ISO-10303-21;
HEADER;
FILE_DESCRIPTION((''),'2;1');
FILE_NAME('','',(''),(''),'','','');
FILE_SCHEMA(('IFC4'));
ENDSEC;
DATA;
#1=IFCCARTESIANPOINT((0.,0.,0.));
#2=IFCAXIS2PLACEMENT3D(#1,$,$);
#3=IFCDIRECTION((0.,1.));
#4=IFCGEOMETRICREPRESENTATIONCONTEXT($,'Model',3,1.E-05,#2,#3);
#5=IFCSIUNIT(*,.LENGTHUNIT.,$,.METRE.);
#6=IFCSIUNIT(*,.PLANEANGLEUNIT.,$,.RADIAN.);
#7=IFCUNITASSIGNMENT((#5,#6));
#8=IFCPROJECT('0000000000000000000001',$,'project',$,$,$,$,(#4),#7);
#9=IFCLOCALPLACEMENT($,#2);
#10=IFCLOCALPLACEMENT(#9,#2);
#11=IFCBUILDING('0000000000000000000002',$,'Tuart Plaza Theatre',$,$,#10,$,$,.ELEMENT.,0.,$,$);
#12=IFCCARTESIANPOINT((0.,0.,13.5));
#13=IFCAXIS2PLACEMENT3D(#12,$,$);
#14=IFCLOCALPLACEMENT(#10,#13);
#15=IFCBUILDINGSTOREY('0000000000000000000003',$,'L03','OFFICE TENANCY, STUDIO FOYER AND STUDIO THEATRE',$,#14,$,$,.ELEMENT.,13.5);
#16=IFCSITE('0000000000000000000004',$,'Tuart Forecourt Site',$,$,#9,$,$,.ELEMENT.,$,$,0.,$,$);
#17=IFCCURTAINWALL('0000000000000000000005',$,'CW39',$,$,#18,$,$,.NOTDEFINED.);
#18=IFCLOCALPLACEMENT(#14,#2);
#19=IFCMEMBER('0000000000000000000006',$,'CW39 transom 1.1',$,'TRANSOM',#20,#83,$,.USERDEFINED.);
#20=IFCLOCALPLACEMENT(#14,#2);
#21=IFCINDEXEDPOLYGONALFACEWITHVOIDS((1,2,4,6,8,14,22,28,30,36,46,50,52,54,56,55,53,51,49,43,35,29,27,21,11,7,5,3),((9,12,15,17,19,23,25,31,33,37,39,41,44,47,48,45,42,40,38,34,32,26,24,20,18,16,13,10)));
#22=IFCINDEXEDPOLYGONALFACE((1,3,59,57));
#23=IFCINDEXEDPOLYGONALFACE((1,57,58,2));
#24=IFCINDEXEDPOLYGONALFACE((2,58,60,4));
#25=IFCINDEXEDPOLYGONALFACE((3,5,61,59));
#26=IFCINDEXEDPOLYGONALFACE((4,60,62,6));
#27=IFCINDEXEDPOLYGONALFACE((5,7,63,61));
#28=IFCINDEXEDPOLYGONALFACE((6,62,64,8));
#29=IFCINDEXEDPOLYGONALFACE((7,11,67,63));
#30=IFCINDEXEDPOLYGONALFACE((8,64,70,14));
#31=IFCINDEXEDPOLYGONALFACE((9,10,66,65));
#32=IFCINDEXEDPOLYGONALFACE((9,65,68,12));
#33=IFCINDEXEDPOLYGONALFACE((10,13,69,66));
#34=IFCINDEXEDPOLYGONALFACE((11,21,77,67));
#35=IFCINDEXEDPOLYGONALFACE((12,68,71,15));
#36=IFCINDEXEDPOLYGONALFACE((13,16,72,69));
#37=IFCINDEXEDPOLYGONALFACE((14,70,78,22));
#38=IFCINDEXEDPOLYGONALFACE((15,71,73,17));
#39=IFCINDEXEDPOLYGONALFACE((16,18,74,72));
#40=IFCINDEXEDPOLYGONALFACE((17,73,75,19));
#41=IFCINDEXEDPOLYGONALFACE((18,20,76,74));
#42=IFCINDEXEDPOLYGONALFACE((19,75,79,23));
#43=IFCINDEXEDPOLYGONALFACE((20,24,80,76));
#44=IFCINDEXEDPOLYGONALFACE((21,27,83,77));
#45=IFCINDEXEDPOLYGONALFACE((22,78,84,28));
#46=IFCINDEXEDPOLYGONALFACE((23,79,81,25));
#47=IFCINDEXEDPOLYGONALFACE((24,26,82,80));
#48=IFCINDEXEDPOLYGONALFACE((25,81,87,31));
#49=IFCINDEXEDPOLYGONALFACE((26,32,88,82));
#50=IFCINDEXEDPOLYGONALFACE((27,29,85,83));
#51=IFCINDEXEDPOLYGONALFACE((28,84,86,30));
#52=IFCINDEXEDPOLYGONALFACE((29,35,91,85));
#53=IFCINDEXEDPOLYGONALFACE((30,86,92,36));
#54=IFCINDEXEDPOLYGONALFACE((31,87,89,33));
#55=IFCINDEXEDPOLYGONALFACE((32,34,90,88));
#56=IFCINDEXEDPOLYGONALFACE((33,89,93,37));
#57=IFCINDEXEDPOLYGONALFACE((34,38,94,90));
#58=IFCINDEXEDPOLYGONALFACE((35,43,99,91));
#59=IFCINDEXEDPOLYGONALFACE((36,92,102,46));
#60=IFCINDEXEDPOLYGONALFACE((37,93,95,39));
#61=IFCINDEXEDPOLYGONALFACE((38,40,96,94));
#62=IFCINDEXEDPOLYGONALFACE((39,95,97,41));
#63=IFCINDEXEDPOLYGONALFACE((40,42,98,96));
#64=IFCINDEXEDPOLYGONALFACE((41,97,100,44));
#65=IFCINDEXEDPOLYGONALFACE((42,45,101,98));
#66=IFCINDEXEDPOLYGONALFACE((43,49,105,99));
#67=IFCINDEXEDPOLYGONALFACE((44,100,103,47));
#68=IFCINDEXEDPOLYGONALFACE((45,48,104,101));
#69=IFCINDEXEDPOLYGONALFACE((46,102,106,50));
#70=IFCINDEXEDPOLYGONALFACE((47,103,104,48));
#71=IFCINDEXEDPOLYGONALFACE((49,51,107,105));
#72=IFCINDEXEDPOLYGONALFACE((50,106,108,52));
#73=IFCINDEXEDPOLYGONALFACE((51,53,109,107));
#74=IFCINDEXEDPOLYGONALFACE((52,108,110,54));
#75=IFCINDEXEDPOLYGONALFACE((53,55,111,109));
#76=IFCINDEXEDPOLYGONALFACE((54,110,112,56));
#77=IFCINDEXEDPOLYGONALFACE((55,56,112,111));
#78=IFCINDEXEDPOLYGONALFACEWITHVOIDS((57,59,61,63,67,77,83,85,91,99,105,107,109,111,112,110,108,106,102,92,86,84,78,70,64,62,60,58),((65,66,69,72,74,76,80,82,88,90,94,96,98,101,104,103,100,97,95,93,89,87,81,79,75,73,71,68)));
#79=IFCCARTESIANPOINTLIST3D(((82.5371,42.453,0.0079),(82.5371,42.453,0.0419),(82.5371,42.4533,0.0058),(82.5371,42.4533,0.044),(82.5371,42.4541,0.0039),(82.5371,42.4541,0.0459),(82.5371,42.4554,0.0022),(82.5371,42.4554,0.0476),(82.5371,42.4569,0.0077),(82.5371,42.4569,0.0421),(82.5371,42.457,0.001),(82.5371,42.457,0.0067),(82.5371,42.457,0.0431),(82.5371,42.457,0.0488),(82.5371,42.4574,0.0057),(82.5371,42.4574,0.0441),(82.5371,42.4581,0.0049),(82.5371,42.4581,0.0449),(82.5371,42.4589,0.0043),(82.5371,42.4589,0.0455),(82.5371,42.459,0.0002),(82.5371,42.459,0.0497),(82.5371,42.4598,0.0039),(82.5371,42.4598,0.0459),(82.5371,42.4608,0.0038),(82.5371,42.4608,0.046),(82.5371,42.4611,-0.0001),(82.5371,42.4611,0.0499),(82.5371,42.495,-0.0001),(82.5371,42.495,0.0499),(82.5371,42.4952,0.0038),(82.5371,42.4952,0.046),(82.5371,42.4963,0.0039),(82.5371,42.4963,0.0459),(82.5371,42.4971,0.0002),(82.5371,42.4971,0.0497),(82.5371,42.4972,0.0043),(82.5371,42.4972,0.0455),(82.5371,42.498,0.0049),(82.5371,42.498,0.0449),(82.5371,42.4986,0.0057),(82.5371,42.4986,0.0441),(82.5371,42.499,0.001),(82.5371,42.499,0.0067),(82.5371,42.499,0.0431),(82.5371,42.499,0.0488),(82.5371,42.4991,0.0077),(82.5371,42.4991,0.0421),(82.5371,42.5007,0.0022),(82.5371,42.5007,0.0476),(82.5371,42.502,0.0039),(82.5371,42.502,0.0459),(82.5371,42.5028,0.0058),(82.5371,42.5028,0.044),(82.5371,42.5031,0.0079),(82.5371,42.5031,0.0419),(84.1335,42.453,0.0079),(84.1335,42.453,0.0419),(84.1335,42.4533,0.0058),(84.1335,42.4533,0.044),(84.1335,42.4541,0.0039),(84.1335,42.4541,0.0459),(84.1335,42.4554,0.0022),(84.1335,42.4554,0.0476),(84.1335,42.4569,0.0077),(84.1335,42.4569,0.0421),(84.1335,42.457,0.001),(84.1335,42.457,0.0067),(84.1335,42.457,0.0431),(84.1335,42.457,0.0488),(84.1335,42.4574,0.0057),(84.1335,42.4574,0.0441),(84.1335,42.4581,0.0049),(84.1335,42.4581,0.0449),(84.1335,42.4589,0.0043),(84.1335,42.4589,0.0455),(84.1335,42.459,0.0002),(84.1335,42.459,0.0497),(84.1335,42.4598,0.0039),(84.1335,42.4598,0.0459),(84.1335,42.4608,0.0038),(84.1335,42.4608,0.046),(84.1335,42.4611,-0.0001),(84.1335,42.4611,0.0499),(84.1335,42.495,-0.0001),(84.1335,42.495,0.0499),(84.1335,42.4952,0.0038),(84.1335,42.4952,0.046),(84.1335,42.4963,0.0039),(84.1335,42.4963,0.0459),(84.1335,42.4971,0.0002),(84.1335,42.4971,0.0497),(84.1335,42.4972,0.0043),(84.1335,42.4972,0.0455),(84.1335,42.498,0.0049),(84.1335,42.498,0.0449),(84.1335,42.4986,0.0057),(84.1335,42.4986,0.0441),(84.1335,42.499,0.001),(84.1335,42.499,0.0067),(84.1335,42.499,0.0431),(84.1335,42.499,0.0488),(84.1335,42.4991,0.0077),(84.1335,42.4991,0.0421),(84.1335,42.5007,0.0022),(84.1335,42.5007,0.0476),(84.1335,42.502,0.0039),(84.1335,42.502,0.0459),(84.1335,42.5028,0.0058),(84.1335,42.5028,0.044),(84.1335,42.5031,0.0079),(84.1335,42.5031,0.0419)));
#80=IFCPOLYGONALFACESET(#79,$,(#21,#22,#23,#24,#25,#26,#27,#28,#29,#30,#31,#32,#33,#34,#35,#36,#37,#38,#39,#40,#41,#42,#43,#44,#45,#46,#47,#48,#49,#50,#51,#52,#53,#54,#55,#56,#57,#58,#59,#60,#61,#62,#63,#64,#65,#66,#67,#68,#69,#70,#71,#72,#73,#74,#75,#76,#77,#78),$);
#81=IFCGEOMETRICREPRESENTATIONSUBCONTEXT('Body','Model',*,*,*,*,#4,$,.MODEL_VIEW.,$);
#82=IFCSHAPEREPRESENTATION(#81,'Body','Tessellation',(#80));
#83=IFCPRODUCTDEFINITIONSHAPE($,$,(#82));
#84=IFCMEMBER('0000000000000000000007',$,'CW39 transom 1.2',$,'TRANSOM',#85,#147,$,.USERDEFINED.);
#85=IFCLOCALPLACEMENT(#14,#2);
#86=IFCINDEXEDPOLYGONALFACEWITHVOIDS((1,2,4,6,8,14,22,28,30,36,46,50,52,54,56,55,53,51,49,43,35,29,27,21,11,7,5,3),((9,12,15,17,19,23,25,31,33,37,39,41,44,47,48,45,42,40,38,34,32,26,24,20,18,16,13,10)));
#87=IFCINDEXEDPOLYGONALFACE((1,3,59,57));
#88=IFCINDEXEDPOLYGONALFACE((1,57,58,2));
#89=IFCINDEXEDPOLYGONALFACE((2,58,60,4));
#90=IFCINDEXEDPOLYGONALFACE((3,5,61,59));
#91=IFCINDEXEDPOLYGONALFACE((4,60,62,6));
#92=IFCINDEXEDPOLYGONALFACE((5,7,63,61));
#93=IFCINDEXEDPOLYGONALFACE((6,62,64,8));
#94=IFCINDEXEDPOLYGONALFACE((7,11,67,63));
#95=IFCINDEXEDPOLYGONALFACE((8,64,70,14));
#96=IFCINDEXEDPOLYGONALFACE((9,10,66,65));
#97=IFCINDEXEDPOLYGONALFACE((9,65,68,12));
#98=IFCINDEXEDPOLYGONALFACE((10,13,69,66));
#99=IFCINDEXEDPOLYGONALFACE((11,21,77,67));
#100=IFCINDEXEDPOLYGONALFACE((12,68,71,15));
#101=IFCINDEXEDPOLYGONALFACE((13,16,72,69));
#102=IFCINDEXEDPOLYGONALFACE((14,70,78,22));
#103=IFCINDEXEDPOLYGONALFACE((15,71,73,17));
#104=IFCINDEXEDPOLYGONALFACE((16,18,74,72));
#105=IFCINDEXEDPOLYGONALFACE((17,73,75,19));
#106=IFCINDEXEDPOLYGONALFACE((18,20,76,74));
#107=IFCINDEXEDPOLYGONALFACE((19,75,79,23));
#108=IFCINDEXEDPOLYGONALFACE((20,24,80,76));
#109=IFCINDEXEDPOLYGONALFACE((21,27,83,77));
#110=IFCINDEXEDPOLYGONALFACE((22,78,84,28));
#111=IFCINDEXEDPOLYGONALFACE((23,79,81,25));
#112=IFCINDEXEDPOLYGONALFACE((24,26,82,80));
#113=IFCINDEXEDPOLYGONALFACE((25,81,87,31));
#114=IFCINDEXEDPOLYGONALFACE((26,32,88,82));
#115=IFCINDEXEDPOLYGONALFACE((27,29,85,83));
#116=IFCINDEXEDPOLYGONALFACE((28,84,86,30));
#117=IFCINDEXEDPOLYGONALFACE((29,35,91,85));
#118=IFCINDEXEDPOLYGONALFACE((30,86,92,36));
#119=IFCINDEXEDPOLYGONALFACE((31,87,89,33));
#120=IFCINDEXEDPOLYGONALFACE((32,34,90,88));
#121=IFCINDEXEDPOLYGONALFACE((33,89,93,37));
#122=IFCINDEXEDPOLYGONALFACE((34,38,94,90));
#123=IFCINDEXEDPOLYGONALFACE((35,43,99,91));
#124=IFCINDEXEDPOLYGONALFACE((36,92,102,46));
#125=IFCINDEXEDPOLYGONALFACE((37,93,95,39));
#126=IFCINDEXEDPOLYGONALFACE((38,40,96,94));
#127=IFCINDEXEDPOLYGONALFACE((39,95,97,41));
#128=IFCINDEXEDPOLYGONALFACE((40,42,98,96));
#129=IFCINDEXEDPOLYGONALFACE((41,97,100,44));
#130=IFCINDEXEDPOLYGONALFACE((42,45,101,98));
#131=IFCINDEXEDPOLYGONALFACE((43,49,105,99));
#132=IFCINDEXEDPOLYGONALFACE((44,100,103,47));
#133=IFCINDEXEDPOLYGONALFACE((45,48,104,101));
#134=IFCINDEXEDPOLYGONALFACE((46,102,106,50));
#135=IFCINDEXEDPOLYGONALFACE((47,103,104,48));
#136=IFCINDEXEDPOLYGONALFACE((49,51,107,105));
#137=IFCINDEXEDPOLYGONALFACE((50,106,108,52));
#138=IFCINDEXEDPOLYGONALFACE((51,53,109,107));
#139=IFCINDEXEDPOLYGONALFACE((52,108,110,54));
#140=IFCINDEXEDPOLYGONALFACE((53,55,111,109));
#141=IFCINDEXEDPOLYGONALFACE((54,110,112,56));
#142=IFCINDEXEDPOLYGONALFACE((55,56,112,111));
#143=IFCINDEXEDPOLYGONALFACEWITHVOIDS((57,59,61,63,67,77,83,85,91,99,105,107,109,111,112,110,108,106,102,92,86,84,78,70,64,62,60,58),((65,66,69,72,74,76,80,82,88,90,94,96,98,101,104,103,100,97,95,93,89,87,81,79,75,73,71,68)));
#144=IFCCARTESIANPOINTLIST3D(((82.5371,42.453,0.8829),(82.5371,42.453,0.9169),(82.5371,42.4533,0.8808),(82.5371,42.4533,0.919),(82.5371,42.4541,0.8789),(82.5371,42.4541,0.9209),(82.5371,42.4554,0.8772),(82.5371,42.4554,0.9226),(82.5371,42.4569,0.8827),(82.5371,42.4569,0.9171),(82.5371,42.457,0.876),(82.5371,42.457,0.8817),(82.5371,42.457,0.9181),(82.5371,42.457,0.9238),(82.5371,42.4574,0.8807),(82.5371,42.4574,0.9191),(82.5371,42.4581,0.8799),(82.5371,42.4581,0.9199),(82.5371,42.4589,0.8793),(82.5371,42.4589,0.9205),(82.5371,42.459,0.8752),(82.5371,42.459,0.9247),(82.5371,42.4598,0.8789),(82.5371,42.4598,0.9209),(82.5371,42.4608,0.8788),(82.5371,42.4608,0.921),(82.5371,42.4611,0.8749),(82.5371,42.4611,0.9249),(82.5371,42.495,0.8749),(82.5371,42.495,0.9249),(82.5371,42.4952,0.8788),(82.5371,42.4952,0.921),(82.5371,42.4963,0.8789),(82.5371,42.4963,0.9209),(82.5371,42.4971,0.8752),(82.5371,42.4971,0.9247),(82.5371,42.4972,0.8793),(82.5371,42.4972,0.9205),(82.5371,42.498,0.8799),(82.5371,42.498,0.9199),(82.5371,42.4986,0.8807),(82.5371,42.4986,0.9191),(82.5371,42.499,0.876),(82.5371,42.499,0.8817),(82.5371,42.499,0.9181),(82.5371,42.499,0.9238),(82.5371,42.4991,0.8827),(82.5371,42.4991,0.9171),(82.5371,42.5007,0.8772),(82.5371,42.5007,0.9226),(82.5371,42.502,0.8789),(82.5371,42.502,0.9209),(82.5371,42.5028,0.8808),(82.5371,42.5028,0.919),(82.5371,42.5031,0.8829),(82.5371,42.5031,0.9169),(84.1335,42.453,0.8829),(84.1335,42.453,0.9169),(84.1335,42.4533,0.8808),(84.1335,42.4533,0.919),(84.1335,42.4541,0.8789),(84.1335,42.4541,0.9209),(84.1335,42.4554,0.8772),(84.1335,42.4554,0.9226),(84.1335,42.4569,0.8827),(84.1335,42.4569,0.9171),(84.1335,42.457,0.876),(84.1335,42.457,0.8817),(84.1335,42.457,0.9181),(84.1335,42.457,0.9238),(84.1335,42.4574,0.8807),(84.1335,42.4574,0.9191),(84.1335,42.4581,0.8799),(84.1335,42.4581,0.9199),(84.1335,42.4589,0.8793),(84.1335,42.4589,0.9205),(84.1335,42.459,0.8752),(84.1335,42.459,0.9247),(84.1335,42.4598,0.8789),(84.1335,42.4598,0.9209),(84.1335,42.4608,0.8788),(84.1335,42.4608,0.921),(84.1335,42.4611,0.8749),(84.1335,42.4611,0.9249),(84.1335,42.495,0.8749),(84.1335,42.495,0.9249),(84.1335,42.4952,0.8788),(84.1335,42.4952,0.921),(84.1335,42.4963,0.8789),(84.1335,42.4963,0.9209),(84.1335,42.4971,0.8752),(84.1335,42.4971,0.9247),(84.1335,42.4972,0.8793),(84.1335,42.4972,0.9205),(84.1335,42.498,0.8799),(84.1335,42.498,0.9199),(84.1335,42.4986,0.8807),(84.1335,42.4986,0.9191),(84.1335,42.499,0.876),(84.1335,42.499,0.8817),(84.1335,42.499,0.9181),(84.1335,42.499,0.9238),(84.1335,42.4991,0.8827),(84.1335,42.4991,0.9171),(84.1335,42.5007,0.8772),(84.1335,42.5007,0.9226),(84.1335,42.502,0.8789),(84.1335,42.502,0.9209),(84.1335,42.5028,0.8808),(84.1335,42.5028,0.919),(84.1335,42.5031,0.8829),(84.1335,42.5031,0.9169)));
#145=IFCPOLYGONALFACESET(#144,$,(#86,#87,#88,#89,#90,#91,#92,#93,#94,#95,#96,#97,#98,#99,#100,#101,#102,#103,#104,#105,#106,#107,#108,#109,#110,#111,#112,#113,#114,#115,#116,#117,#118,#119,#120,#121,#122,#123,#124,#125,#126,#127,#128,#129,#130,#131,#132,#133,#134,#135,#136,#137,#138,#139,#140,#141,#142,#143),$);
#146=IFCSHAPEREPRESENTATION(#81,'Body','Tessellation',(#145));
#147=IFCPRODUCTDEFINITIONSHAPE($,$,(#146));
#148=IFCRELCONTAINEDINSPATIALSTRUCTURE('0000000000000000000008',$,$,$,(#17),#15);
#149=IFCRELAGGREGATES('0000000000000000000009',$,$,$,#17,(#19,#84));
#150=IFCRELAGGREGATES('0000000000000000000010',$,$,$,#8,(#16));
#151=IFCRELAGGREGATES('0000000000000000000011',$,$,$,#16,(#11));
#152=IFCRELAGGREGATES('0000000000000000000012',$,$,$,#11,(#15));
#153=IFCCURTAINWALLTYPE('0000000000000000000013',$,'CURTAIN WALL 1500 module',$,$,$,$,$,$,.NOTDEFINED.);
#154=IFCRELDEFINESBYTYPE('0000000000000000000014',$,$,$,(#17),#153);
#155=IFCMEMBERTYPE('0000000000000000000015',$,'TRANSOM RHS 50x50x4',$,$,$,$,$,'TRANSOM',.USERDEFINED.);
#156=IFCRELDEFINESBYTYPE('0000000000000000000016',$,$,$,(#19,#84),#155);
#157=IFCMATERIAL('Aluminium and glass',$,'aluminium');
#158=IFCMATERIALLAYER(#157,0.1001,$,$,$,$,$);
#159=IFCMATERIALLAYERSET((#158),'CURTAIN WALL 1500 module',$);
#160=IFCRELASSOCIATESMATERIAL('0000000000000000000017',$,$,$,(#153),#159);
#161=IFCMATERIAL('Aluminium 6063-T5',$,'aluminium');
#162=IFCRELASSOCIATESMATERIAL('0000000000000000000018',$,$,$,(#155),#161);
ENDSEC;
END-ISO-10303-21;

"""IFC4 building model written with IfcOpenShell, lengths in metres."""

from ifc_helpers import new_model, si_unit, direction, frame, origin, origin_2d, place, context, subcontext, project, spatial, hollow_rectangle, extrude, material, layer, layer_set, material_profile, profile_set, type_object, element, aggregate, save


model = new_model("IFC4")

# Units and contexts
model_context = context("Model", 3, precision=1e-05, world=origin(), true_north=direction((0.0, 1.0)))
body_context = subcontext(model_context, "Body", "Model", "MODEL_VIEW")
ifc_project = project(units=[si_unit("LENGTHUNIT", "METRE"), si_unit("PLANEANGLEUNIT", "RADIAN")], contexts=[model_context])

# Site, building, storey
site_placement = place(None, origin())
site = spatial("IfcSite", under=ifc_project, at=site_placement, Name="Tuart Forecourt Site", CompositionType="ELEMENT", RefElevation=0.0)
building_placement = place(site_placement, origin())
building = spatial("IfcBuilding", under=site, at=building_placement, Name="Tuart Plaza Theatre", CompositionType="ELEMENT", ElevationOfRefHeight=0.0)
storey_placement = place(building_placement, frame((0.0, 0.0, 13.5)))
storey = spatial("IfcBuildingStorey", under=building, at=storey_placement, Name="L03", Description="OFFICE TENANCY, STUDIO FOYER AND STUDIO THEATRE", CompositionType="ELEMENT", Elevation=13.5)

# Curtain wall, members
ifc_material_1 = material(Name="Aluminium and glass", Category="aluminium")
ifc_layer_1 = layer(ifc_material_1, 0.1001)
ifc_layer_set_1 = layer_set([ifc_layer_1], Name="CURTAIN WALL 1500 module")
curtain_wall_type = type_object("IfcCurtainWallType", Name="CURTAIN WALL 1500 module", PredefinedType="NOTDEFINED", material=ifc_layer_set_1)
curtain_wall_placement = place(storey_placement, origin())
curtain_wall = element("IfcCurtainWall", 1, at=curtain_wall_placement, inside=storey, type_object=curtain_wall_type, Name="CW39", PredefinedType="NOTDEFINED")
ifc_material_2 = material(Name="Aluminium 6063-T5", Category="aluminium")
ifc_material_profile_1 = material_profile(ifc_material_2, hollow_rectangle(XDim=0.05, YDim=0.05, WallThickness=0.0039, InnerFilletRadius=0.0039, OuterFilletRadius=0.0081, at=origin_2d()), Name="RHS 50x50x4")
ifc_profile_set_1 = profile_set([ifc_material_profile_1], Name="Aluminium 6063-T5")
member_type_1 = type_object("IfcMemberType", Name="TRANSOM RHS 50x50x4", ElementType="TRANSOM", PredefinedType="USERDEFINED", material=ifc_profile_set_1)
member_1_placement = place(storey_placement, frame((82.5371, 42.478, 0.0249), z_axis=(1.0, 0.0, 0.0), x_axis=(0.0, 1.0, 0.0)))
member_1 = element("IfcMember", 2, at=member_1_placement, type_object=member_type_1, Name="CW39 transom 1.1", ObjectType="TRANSOM", PredefinedType="USERDEFINED", context=body_context, shape_type="SweptSolid", body=[
    extrude(hollow_rectangle(XDim=0.05, YDim=0.05, WallThickness=0.0039, InnerFilletRadius=0.0039, OuterFilletRadius=0.0081, at=origin_2d()), origin(), (0.0, 0.0, 1.0), 1.5964),
])
member_2_placement = place(storey_placement, frame((82.5371, 42.478, 0.8999), z_axis=(1.0, 0.0, 0.0), x_axis=(0.0, 1.0, 0.0)))
member_2 = element("IfcMember", 3, at=member_2_placement, type_object=member_type_1, Name="CW39 transom 1.2", ObjectType="TRANSOM", PredefinedType="USERDEFINED", context=body_context, shape_type="SweptSolid", body=[
    extrude(hollow_rectangle(XDim=0.05, YDim=0.05, WallThickness=0.0039, InnerFilletRadius=0.0039, OuterFilletRadius=0.0081, at=origin_2d()), origin(), (0.0, 0.0, 1.0), 1.5964),
])
aggregate(curtain_wall, [member_1, member_2])

save(model, "model.ifc")
